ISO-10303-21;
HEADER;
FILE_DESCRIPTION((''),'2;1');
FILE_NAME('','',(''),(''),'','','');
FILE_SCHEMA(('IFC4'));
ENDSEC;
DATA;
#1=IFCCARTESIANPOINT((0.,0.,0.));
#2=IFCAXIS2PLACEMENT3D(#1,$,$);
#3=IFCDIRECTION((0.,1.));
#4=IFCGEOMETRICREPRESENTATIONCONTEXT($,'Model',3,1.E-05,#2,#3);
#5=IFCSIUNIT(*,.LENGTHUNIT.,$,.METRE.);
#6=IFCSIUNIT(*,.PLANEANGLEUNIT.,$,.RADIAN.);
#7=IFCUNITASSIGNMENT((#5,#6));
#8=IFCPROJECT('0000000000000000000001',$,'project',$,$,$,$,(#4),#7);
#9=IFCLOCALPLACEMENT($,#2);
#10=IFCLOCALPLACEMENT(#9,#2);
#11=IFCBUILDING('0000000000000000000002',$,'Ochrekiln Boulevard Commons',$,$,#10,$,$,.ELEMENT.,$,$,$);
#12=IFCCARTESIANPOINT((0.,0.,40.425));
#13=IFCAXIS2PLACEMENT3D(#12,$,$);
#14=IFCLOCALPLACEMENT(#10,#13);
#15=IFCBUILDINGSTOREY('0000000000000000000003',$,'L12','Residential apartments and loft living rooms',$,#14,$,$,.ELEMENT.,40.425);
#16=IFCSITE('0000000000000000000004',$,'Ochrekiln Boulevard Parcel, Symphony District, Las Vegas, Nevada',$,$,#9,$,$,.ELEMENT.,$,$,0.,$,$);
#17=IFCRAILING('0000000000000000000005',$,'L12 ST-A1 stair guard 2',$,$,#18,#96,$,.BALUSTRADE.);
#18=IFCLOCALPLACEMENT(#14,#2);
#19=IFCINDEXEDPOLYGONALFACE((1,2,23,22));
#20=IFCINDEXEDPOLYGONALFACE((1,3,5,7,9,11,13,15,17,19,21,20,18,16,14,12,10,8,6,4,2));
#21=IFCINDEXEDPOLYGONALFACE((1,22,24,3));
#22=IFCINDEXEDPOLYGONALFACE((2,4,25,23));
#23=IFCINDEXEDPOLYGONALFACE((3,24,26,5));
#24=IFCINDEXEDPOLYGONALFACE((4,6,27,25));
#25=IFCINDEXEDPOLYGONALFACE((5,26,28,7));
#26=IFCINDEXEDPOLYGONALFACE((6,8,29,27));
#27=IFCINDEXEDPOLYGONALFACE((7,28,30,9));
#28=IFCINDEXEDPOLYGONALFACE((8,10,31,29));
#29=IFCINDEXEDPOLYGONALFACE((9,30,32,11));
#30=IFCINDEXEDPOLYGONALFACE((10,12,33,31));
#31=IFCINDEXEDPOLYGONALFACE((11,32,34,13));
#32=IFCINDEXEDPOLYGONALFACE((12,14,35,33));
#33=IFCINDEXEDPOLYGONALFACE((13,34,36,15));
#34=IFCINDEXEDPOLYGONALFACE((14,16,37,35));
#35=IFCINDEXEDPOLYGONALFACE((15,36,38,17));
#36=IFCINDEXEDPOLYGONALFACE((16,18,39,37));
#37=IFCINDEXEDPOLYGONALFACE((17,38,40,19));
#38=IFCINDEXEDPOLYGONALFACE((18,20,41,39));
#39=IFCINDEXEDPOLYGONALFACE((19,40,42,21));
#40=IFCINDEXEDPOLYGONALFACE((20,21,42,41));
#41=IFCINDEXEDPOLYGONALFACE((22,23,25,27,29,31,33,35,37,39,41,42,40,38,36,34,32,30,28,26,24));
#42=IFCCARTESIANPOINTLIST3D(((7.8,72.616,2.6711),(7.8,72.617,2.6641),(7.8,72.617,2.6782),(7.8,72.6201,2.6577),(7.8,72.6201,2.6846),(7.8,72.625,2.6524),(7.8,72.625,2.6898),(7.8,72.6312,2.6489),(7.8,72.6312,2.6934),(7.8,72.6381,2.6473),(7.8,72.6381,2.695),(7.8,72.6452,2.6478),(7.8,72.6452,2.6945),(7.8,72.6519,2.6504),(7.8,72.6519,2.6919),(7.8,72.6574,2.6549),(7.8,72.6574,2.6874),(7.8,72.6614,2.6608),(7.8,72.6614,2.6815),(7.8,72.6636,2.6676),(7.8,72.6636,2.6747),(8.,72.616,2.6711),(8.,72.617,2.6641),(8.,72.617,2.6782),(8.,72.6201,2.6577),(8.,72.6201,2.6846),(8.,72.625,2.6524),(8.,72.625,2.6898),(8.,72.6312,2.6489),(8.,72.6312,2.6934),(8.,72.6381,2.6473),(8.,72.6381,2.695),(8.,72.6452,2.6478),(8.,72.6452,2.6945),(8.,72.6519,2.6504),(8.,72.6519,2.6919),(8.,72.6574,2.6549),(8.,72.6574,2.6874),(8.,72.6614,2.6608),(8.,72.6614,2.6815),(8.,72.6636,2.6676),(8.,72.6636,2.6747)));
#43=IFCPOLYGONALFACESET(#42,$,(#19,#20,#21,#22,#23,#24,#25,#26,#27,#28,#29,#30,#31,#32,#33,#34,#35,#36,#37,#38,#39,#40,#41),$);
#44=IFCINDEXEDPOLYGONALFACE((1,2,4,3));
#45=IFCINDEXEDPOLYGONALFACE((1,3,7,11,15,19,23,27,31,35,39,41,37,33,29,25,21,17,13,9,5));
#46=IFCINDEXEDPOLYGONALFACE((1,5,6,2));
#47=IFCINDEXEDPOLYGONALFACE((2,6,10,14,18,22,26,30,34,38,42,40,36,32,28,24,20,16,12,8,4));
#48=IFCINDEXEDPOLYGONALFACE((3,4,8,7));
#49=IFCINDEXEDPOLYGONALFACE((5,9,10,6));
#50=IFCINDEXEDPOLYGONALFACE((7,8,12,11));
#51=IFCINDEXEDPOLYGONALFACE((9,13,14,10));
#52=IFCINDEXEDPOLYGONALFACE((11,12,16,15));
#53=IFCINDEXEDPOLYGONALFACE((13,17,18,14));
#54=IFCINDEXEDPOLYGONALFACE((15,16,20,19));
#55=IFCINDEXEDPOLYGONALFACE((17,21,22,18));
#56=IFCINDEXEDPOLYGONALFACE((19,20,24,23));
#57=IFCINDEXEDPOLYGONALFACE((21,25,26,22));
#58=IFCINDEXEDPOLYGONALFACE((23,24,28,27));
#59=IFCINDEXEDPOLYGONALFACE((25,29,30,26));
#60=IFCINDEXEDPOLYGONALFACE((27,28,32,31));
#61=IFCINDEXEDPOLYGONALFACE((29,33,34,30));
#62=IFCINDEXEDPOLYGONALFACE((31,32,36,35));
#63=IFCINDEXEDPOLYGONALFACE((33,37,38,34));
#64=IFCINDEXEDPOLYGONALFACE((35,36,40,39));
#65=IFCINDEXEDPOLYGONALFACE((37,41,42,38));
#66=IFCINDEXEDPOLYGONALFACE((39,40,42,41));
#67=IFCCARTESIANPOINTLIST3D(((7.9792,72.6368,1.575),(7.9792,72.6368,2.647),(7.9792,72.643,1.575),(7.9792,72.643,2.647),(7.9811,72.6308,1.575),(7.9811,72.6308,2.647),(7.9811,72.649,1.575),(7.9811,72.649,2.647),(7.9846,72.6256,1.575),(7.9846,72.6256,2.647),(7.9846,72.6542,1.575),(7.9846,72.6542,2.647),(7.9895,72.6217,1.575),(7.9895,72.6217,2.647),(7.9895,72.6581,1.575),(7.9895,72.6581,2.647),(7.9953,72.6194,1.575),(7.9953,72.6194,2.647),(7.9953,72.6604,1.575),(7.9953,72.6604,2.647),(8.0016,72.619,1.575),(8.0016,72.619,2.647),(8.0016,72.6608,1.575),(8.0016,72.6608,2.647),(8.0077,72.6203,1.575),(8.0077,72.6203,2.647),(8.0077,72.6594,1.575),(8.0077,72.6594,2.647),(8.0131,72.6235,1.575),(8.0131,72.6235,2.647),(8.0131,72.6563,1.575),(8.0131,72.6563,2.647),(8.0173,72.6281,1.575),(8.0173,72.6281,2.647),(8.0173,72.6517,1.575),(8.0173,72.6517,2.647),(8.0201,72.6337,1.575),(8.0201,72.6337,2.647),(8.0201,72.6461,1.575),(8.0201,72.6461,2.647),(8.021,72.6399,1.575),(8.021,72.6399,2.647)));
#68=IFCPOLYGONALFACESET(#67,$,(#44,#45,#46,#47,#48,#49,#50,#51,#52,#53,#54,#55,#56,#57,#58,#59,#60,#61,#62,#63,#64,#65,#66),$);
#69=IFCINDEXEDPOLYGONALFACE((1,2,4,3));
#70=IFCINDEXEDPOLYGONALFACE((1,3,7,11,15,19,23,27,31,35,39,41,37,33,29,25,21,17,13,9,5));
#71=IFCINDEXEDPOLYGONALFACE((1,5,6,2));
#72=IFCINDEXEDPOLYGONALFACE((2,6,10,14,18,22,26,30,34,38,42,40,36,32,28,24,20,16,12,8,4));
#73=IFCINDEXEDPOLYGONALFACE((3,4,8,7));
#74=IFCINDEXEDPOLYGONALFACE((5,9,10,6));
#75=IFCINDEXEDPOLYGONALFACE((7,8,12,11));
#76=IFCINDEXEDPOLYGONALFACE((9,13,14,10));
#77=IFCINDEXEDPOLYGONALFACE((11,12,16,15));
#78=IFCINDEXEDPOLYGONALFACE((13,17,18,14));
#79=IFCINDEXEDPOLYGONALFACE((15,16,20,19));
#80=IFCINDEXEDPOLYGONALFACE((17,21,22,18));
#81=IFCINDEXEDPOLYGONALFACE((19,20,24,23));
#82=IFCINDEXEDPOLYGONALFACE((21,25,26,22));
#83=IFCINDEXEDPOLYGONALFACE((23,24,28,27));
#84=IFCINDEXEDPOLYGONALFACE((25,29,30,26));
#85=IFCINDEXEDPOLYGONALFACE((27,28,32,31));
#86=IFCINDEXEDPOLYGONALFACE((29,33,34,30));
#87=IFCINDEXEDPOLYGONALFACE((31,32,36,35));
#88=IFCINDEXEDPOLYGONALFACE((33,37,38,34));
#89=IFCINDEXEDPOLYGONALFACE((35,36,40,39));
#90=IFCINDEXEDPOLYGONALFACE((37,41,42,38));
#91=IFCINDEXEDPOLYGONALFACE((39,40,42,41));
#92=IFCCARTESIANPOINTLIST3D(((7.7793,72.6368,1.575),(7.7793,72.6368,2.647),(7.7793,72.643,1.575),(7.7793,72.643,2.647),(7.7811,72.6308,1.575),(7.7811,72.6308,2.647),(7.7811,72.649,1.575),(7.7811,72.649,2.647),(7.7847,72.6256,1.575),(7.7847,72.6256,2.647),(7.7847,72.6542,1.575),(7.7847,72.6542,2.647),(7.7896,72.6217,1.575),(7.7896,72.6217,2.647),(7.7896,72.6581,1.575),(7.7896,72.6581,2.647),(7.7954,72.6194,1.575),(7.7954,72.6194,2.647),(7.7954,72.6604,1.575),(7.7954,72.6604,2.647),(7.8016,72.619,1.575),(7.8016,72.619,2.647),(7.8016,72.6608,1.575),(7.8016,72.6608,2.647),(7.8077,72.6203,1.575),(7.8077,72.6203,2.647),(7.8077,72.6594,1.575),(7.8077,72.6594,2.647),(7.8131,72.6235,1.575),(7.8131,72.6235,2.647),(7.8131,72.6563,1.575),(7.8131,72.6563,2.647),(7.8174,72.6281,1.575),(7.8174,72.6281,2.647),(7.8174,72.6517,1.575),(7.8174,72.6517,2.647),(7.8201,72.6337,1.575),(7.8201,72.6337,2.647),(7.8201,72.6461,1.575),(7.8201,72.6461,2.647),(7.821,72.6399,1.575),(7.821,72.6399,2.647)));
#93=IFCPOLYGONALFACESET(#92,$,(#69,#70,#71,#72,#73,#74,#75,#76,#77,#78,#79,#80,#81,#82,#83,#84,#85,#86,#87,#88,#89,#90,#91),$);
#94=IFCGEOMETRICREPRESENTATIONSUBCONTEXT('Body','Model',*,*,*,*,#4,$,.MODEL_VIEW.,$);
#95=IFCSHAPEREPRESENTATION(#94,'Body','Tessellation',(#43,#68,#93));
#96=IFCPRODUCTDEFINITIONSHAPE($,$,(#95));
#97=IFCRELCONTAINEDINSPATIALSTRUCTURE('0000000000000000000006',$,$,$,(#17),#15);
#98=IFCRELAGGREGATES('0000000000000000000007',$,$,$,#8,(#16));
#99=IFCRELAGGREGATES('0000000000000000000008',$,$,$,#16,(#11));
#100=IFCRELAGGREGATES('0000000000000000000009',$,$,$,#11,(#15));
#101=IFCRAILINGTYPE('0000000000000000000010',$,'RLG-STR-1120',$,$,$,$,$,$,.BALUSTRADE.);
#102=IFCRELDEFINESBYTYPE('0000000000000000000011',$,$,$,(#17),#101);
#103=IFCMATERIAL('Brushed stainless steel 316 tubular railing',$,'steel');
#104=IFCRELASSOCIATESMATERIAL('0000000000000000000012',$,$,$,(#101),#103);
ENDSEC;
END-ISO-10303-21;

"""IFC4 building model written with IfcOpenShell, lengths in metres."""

from ifc_helpers import new_model, si_unit, direction, frame, origin, origin_2d, place, context, subcontext, project, spatial, circle, extrude, material, type_object, element, save


model = new_model("IFC4")

# Units and contexts
model_context = context("Model", 3, precision=1e-05, world=origin(), true_north=direction((0.0, 1.0)))
body_context = subcontext(model_context, "Body", "Model", "MODEL_VIEW")
ifc_project = project(units=[si_unit("LENGTHUNIT", "METRE"), si_unit("PLANEANGLEUNIT", "RADIAN")], contexts=[model_context])

# Site, building, storey
site_placement = place(None, origin())
site = spatial("IfcSite", under=ifc_project, at=site_placement, Name="Ochrekiln Boulevard Parcel, Symphony District, Las Vegas, Nevada", CompositionType="ELEMENT", RefElevation=0.0)
building_placement = place(site_placement, origin())
building = spatial("IfcBuilding", under=site, at=building_placement, Name="Ochrekiln Boulevard Commons", CompositionType="ELEMENT")
storey_placement = place(building_placement, frame((0.0, 0.0, 40.425)))
storey = spatial("IfcBuildingStorey", under=building, at=storey_placement, Name="L12", Description="Residential apartments and loft living rooms", CompositionType="ELEMENT", Elevation=40.425)

# Railing
ifc_material_1 = material(Name="Brushed stainless steel 316 tubular railing", Category="steel")
railing_type_1 = type_object("IfcRailingType", Name="RLG-STR-1120", PredefinedType="BALUSTRADE", material=ifc_material_1)
railing_1_placement = place(storey_placement, frame((8.0, 72.6399, 1.575)))
element("IfcRailing", 1, at=railing_1_placement, inside=storey, type_object=railing_type_1, Name="L12 ST-A1 stair guard 2", PredefinedType="BALUSTRADE", context=body_context, shape_type="SweptSolid", body=[
    extrude(circle(Radius=0.0239, at=origin_2d()), frame((0.0, 0.0, 1.0962), z_axis=(-1.0, 0.0, 0.0), x_axis=(0.0, -1.0, 0.0)), (0.0, 0.0, 1.0), 0.2),
    extrude(circle(Radius=0.021, at=origin_2d()), origin(), (0.0, 0.0, 1.0), 1.072),
    extrude(circle(Radius=0.021, at=origin_2d()), frame((-0.2, 0.0, 0.0)), (0.0, 0.0, 1.0), 1.072),
])

save(model, "model.ifc")
